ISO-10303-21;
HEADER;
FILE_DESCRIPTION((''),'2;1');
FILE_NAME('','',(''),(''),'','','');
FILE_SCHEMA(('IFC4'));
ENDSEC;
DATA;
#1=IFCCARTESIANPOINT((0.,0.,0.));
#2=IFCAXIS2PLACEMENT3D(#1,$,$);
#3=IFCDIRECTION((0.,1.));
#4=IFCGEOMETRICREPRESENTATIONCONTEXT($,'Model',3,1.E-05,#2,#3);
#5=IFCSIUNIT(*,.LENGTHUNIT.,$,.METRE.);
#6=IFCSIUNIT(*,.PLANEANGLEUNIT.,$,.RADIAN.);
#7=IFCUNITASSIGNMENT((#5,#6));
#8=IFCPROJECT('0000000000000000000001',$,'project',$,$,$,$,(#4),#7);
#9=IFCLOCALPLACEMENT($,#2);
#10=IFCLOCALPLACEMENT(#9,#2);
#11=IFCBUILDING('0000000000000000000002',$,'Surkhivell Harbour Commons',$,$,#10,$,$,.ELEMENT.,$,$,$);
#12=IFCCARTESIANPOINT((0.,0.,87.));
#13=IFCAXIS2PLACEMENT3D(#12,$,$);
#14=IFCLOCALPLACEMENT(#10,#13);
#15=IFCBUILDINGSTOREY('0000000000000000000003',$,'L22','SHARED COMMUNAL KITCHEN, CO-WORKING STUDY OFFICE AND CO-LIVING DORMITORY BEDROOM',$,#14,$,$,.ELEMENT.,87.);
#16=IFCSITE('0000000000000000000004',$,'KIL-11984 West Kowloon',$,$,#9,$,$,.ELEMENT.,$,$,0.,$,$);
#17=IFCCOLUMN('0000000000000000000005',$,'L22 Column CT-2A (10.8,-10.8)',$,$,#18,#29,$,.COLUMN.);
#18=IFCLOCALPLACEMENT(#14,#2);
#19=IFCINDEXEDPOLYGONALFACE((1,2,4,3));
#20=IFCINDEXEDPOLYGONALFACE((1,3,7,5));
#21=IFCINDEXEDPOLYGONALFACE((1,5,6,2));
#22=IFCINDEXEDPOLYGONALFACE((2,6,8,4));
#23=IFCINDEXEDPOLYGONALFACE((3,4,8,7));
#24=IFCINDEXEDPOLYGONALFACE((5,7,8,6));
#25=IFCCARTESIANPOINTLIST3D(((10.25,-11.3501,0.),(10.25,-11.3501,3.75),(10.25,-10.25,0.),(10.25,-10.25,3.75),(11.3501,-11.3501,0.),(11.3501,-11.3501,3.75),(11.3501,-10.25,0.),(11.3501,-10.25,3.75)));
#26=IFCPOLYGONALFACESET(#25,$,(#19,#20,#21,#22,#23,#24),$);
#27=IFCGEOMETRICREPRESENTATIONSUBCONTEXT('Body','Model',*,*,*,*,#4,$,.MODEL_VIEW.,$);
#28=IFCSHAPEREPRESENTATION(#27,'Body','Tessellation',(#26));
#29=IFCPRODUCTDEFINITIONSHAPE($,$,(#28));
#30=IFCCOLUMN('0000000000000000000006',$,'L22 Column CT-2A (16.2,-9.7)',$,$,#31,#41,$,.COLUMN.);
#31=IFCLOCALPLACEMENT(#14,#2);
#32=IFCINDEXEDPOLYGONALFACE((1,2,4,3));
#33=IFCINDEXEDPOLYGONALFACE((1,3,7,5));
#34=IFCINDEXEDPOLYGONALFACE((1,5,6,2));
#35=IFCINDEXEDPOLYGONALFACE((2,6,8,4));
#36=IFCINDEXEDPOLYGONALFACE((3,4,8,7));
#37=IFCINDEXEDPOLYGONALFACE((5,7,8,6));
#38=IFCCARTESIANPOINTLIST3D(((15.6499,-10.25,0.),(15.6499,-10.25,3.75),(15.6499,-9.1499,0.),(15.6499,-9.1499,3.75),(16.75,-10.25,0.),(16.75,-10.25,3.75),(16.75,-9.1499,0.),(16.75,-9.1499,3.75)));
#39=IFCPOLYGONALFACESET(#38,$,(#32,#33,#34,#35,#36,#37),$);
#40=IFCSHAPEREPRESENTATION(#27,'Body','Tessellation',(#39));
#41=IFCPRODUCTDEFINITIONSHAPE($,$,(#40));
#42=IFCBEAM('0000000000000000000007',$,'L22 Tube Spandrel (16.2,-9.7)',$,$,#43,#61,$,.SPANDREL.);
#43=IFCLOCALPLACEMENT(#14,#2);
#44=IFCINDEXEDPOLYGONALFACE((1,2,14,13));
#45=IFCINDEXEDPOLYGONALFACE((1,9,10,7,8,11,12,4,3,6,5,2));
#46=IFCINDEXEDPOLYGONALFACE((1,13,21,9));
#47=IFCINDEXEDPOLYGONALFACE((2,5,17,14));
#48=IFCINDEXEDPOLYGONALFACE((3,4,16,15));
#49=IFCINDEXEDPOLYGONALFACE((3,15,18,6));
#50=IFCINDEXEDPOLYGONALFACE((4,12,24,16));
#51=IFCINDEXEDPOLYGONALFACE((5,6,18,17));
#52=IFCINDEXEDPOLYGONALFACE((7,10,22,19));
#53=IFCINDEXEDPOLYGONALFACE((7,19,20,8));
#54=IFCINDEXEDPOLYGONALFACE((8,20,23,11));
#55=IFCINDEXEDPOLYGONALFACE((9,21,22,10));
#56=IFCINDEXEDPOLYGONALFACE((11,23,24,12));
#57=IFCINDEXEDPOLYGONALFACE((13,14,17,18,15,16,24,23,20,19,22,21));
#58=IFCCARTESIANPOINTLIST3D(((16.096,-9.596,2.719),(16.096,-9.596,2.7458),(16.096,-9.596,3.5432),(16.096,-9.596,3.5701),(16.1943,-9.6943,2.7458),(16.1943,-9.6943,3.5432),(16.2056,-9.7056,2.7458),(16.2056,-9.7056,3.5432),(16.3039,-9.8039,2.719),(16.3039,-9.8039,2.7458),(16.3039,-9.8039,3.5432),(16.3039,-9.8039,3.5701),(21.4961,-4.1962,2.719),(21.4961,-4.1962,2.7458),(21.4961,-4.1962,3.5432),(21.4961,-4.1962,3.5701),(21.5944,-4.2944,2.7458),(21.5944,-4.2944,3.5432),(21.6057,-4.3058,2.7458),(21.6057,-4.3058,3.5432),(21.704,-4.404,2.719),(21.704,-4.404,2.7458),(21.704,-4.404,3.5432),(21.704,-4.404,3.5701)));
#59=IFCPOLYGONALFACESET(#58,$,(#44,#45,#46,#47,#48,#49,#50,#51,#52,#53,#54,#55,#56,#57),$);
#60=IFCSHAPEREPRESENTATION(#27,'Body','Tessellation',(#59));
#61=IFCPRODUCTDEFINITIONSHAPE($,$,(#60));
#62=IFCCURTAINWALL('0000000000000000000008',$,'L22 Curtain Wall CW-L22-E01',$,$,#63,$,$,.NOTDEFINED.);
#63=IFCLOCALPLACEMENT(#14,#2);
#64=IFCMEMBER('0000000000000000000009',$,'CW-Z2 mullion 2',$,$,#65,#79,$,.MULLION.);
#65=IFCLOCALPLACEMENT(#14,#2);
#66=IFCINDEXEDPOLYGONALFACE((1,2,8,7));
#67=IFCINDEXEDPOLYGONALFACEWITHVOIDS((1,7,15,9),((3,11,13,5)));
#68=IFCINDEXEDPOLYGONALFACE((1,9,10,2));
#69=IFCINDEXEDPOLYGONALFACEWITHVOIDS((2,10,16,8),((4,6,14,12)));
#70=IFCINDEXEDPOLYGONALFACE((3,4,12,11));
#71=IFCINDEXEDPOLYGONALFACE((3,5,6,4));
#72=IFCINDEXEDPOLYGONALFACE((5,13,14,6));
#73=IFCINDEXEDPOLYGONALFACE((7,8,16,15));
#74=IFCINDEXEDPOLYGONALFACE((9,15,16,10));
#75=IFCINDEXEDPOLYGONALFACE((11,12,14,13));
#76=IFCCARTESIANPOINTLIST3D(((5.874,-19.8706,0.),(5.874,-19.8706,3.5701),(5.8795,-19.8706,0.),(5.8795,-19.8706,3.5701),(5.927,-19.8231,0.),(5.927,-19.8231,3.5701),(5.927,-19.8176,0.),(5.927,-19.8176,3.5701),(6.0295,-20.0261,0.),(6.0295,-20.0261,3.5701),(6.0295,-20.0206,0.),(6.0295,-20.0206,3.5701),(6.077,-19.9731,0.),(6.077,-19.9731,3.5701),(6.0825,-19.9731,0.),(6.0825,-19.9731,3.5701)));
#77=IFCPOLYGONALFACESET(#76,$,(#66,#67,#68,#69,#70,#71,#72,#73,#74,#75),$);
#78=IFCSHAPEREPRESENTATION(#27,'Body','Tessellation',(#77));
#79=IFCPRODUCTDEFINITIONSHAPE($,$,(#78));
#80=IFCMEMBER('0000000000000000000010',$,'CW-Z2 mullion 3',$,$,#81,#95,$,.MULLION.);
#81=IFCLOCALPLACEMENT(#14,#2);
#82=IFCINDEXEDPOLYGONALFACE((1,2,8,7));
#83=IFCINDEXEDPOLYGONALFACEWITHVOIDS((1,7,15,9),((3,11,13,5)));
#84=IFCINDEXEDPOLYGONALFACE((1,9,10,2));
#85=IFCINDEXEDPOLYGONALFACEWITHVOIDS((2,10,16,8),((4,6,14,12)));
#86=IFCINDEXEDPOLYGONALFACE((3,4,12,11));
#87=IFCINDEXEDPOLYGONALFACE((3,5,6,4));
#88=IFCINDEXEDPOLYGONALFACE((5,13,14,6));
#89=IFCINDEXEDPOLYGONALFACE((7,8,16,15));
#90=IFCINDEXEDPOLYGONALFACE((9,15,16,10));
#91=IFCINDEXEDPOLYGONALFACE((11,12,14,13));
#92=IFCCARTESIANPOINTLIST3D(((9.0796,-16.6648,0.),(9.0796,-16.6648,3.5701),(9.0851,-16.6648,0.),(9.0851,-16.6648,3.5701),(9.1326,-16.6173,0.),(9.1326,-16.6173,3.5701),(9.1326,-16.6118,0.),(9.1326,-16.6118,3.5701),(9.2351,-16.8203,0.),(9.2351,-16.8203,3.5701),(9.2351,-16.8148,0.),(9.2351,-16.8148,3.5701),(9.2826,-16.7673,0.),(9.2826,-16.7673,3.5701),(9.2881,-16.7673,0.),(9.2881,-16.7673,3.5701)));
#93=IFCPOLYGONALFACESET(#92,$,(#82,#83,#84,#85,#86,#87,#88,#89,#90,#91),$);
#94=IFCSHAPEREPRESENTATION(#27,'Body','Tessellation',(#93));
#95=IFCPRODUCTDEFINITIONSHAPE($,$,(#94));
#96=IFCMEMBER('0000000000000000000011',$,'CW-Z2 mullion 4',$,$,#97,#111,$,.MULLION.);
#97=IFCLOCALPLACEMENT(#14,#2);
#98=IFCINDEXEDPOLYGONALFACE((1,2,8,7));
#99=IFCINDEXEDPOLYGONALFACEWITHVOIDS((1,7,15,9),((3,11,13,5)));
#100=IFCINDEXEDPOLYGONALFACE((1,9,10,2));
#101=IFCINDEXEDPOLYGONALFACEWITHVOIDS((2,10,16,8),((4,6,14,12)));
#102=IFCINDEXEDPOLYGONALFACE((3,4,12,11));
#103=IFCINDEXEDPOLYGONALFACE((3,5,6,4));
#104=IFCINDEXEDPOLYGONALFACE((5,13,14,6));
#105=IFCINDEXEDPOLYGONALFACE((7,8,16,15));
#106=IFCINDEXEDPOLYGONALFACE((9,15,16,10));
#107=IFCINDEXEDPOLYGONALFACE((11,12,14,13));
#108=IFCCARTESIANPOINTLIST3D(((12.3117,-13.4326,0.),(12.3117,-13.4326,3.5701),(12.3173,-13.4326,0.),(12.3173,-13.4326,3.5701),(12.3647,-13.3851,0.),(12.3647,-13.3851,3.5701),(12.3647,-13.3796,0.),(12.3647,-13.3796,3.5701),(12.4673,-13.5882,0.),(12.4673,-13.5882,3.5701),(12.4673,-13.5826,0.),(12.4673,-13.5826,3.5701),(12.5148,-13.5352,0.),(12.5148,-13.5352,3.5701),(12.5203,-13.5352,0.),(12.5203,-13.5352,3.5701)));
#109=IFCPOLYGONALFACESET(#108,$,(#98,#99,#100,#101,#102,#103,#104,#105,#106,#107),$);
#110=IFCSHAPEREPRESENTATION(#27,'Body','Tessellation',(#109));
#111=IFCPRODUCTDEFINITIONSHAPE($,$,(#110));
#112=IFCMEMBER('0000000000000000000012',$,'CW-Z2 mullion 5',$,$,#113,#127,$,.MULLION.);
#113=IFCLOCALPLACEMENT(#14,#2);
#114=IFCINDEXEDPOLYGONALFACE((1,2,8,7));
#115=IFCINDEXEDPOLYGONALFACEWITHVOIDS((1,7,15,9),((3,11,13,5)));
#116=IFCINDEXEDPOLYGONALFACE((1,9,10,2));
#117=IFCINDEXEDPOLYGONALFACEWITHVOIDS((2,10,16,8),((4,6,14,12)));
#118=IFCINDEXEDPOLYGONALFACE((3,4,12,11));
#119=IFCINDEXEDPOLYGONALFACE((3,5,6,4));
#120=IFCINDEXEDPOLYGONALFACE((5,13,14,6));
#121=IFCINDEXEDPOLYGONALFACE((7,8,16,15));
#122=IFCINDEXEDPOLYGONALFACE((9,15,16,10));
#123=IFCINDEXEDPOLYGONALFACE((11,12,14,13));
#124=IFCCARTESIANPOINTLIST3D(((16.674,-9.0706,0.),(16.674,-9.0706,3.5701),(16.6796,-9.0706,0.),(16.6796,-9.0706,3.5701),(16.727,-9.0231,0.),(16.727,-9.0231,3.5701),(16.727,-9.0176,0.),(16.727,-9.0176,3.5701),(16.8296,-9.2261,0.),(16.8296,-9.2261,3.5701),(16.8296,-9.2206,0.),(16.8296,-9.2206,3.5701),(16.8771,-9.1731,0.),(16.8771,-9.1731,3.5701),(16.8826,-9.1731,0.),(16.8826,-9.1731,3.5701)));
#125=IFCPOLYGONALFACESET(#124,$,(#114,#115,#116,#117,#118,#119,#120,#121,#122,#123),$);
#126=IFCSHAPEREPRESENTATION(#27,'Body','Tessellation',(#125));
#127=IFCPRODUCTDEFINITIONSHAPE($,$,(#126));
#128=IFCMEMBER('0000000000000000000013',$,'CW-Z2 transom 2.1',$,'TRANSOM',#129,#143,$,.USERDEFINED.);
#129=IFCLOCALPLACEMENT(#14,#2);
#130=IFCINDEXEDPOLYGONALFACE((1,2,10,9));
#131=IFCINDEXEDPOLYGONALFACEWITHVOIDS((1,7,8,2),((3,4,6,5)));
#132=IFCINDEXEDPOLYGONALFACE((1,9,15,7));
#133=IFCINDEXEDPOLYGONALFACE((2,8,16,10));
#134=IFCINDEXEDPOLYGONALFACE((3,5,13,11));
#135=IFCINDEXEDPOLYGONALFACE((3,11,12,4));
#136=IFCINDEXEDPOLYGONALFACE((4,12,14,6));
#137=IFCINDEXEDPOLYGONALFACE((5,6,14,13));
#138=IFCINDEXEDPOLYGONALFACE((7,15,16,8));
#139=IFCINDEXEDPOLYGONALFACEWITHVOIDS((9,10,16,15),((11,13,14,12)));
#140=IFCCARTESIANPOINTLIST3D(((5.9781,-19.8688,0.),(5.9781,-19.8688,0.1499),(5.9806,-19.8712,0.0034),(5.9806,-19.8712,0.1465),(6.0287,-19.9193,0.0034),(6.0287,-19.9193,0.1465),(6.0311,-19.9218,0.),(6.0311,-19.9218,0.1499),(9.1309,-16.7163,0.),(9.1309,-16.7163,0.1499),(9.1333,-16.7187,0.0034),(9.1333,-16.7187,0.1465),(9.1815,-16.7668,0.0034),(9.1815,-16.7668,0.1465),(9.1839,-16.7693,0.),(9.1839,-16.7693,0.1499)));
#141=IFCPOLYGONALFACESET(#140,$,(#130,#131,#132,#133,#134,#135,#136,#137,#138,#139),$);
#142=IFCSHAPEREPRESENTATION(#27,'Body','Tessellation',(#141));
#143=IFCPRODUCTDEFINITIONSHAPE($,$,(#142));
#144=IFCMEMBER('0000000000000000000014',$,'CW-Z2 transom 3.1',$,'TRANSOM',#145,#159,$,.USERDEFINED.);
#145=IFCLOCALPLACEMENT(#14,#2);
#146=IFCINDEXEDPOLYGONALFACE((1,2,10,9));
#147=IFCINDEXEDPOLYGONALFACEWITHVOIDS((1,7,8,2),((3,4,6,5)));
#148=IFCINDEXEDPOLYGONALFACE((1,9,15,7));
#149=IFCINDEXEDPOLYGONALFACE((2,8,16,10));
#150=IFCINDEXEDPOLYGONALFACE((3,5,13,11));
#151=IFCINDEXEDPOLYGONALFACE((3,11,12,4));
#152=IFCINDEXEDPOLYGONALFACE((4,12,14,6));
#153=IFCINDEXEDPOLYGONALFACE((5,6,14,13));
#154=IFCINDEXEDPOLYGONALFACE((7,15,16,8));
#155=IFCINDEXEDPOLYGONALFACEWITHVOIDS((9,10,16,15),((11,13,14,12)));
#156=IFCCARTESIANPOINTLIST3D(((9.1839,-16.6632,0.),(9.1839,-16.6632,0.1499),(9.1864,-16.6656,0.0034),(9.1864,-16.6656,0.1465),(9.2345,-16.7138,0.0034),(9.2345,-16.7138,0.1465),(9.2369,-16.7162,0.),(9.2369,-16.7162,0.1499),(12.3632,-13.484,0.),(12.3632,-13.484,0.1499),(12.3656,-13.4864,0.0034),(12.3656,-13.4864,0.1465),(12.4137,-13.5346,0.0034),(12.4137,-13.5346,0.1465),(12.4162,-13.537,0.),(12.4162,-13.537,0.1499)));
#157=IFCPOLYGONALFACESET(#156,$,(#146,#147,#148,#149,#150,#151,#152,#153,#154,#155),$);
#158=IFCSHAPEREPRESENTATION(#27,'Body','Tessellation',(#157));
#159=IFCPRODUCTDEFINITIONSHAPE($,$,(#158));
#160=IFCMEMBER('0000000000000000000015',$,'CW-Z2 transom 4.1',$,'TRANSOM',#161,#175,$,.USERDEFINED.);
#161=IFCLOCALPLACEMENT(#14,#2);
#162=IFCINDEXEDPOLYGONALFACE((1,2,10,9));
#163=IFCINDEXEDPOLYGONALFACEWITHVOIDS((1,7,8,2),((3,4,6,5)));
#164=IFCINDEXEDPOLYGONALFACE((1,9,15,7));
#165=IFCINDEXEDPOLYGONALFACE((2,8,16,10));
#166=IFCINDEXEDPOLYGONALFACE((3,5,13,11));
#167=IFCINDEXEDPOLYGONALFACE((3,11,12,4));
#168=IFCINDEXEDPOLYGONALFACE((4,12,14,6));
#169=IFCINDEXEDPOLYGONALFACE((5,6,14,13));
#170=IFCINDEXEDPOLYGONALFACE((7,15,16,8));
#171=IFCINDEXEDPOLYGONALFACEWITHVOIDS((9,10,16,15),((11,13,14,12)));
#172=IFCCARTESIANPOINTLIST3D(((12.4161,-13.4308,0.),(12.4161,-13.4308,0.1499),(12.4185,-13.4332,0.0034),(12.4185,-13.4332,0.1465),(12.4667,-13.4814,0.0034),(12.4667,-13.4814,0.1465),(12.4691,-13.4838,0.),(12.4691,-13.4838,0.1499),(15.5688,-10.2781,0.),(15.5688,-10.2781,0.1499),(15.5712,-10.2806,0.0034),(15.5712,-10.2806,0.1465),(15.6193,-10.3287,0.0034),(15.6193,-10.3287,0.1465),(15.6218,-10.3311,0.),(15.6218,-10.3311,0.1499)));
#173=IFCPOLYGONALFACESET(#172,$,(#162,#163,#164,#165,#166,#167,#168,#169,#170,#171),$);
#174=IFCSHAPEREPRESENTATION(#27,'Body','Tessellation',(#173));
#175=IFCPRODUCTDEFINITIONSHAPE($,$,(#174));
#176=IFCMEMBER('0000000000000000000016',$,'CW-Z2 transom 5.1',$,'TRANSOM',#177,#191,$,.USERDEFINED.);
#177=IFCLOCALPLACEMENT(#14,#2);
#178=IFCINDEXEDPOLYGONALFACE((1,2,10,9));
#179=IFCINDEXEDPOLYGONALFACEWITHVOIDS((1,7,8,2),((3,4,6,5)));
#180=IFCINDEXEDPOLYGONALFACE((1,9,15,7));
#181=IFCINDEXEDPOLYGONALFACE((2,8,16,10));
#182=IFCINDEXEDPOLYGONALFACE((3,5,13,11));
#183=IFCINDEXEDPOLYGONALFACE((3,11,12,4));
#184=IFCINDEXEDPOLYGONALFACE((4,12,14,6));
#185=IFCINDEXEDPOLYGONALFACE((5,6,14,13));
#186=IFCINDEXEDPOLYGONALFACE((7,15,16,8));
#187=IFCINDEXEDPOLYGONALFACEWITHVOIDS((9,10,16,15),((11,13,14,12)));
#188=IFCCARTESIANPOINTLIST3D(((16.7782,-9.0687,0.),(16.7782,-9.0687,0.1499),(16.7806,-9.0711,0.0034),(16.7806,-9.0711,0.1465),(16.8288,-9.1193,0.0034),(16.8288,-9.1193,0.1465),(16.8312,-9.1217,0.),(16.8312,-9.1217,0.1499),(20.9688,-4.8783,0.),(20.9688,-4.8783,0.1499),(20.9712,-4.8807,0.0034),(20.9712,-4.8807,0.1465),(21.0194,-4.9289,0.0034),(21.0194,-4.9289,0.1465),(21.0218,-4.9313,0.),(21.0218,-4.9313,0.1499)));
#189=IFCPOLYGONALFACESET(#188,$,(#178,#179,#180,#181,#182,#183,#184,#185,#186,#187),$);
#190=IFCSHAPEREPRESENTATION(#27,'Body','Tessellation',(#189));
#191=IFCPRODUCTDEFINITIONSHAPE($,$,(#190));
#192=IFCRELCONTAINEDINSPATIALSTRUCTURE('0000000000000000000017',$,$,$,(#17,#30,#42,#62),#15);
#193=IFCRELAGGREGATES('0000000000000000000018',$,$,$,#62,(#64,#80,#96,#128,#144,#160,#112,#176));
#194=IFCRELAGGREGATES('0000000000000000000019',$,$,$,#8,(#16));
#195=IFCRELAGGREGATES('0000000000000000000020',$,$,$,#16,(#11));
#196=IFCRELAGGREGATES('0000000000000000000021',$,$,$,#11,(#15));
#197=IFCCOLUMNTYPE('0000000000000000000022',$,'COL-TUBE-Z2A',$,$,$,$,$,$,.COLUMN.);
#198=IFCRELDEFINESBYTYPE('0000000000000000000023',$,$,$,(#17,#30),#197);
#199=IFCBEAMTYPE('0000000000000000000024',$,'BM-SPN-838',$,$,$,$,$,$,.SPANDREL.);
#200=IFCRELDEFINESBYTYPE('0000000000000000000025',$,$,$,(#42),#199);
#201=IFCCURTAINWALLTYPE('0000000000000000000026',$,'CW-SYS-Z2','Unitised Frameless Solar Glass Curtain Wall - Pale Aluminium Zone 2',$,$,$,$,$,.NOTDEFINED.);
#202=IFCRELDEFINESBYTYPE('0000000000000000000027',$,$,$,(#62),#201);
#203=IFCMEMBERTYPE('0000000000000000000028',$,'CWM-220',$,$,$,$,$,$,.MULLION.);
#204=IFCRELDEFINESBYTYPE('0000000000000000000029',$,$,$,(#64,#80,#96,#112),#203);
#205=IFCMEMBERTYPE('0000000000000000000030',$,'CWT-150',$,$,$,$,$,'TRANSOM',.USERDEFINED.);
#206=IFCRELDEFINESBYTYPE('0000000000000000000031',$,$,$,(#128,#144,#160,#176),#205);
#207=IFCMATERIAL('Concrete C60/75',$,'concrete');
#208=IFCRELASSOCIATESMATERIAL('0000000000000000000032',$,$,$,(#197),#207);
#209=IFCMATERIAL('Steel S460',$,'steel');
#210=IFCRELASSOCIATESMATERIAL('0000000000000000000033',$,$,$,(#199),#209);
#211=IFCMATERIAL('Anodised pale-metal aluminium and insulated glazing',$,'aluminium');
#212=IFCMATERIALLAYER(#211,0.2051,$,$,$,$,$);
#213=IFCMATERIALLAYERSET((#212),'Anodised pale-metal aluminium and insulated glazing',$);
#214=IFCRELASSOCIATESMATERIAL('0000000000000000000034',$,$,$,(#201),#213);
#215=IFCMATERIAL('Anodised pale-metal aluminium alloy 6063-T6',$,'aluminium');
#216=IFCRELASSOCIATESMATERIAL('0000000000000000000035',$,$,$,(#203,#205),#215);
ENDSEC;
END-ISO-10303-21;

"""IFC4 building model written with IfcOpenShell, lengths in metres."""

from ifc_helpers import new_model, si_unit, direction, frame, origin, origin_2d, place, context, subcontext, project, spatial, rectangle, hollow_rectangle, i_section, extrude, material, layer, layer_set, material_profile, profile_set, type_object, element, aggregate, save


model = new_model("IFC4")

# Units and contexts
model_context = context("Model", 3, precision=1e-05, world=origin(), true_north=direction((0.0, 1.0)))
body_context = subcontext(model_context, "Body", "Model", "MODEL_VIEW")
ifc_project = project(units=[si_unit("LENGTHUNIT", "METRE"), si_unit("PLANEANGLEUNIT", "RADIAN")], contexts=[model_context])

# Site, building, storey
site_placement = place(None, origin())
site = spatial("IfcSite", under=ifc_project, at=site_placement, Name="KIL-11984 West Kowloon", CompositionType="ELEMENT", RefElevation=0.0)
building_placement = place(site_placement, origin())
building = spatial("IfcBuilding", under=site, at=building_placement, Name="Surkhivell Harbour Commons", CompositionType="ELEMENT")
storey_placement = place(building_placement, frame((0.0, 0.0, 87.0)))
storey = spatial("IfcBuildingStorey", under=building, at=storey_placement, Name="L22", Description="SHARED COMMUNAL KITCHEN, CO-WORKING STUDY OFFICE AND CO-LIVING DORMITORY BEDROOM", CompositionType="ELEMENT", Elevation=87.0)

# Columns
ifc_material_1 = material(Name="Concrete C60/75", Category="concrete")
ifc_material_profile_1 = material_profile(ifc_material_1, rectangle(XDim=1.1001, YDim=1.1001, at=origin_2d()), Name="RC-COL-1100x1100")
ifc_profile_set_1 = profile_set([ifc_material_profile_1], Name="Concrete C60/75")
column_type = type_object("IfcColumnType", Name="COL-TUBE-Z2A", PredefinedType="COLUMN", material=ifc_profile_set_1)
for number, where, z_axis, x_axis, name in (
    (1, (10.8, -10.8, 0.0), (0.0, 0.0, 1.0), (1.0, 0.0, 0.0), "L22 Column CT-2A (10.8,-10.8)"),
    (2, (16.2, -9.7, 0.0), (0.0, 0.0, 1.0), (1.0, 0.0, 0.0), "L22 Column CT-2A (16.2,-9.7)"),
):
    element("IfcColumn", number, at=place(storey_placement, frame(where, z_axis=z_axis, x_axis=x_axis)), inside=storey, type_object=column_type, Name=name, PredefinedType="COLUMN", context=body_context, shape_type="SweptSolid", body=[
        extrude(rectangle(XDim=1.1001, YDim=1.1001, at=origin_2d()), origin(), (0.0, 0.0, 1.0), 3.75),
    ])

# Beam
ifc_material_2 = material(Name="Steel S460", Category="steel")
ifc_material_profile_2 = material_profile(ifc_material_2, i_section(OverallWidth=0.2939, OverallDepth=0.8511, WebThickness=0.0161, FlangeThickness=0.0269, at=origin_2d()), Name="UB838x292x226")
ifc_profile_set_2 = profile_set([ifc_material_profile_2], Name="Steel S460")
beam_type = type_object("IfcBeamType", Name="BM-SPN-838", PredefinedType="SPANDREL", material=ifc_profile_set_2)
beam_placement = place(storey_placement, frame((16.2, -9.7, 3.1445), z_axis=(0.707123, 0.707091, 0.0), x_axis=(-0.707091, 0.707123, 0.0)))
element("IfcBeam", 3, at=beam_placement, inside=storey, type_object=beam_type, Name="L22 Tube Spandrel (16.2,-9.7)", PredefinedType="SPANDREL", context=body_context, shape_type="SweptSolid", body=[
    extrude(i_section(OverallWidth=0.2939, OverallDepth=0.8511, WebThickness=0.0161, FlangeThickness=0.0269, at=origin_2d()), origin(), (0.0, 0.0, 1.0), 7.6367),
])

# Curtain wall, members
ifc_material_3 = material(Name="Anodised pale-metal aluminium and insulated glazing", Category="aluminium")
ifc_layer_1 = layer(ifc_material_3, 0.2051)
ifc_layer_set_1 = layer_set([ifc_layer_1], Name="Anodised pale-metal aluminium and insulated glazing")
curtain_wall_type = type_object("IfcCurtainWallType", Name="CW-SYS-Z2", Description="Unitised Frameless Solar Glass Curtain Wall - Pale Aluminium Zone 2", PredefinedType="NOTDEFINED", material=ifc_layer_set_1)
curtain_wall_placement = place(storey_placement, origin())
curtain_wall = element("IfcCurtainWall", 4, at=curtain_wall_placement, inside=storey, type_object=curtain_wall_type, Name="L22 Curtain Wall CW-L22-E01", PredefinedType="NOTDEFINED")
ifc_material_4 = material(Name="Anodised pale-metal aluminium alloy 6063-T6", Category="aluminium")
ifc_material_profile_3 = material_profile(ifc_material_4, hollow_rectangle(XDim=0.075, YDim=0.22, WallThickness=0.0039, at=origin_2d()), Name="ALU-MULL-75x220")
ifc_profile_set_3 = profile_set([ifc_material_profile_3], Name="Anodised pale-metal aluminium alloy 6063-T6")
member_type_1 = type_object("IfcMemberType", Name="CWM-220", PredefinedType="MULLION", material=ifc_profile_set_3)
member_1_placement = place(storey_placement, frame((5.9783, -19.9219, 0.0), z_axis=(0.0, 0.0, 1.0), x_axis=(0.707107, 0.707107, 0.0)))
member_1 = element("IfcMember", 5, at=member_1_placement, type_object=member_type_1, Name="CW-Z2 mullion 2", PredefinedType="MULLION", context=body_context, shape_type="SweptSolid", body=[
    extrude(hollow_rectangle(XDim=0.075, YDim=0.22, WallThickness=0.0039, at=origin_2d()), origin(), (0.0, 0.0, 1.0), 3.5701),
])
member_2_placement = place(storey_placement, frame((9.1838, -16.7161, 0.0), z_axis=(0.0, 0.0, 1.0), x_axis=(0.707107, 0.707107, 0.0)))
member_2 = element("IfcMember", 6, at=member_2_placement, type_object=member_type_1, Name="CW-Z2 mullion 3", PredefinedType="MULLION", context=body_context, shape_type="SweptSolid", body=[
    extrude(hollow_rectangle(XDim=0.075, YDim=0.22, WallThickness=0.0039, at=origin_2d()), origin(), (0.0, 0.0, 1.0), 3.5701),
])
member_3_placement = place(storey_placement, frame((12.416, -13.4839, 0.0), z_axis=(0.0, 0.0, 1.0), x_axis=(0.707107, 0.707107, 0.0)))
member_3 = element("IfcMember", 7, at=member_3_placement, type_object=member_type_1, Name="CW-Z2 mullion 4", PredefinedType="MULLION", context=body_context, shape_type="SweptSolid", body=[
    extrude(hollow_rectangle(XDim=0.075, YDim=0.22, WallThickness=0.0039, at=origin_2d()), origin(), (0.0, 0.0, 1.0), 3.5701),
])
member_4_placement = place(storey_placement, frame((16.7783, -9.1218, 0.0), z_axis=(0.0, 0.0, 1.0), x_axis=(0.707107, 0.707107, 0.0)))
member_4 = element("IfcMember", 8, at=member_4_placement, type_object=member_type_1, Name="CW-Z2 mullion 5", PredefinedType="MULLION", context=body_context, shape_type="SweptSolid", body=[
    extrude(hollow_rectangle(XDim=0.075, YDim=0.22, WallThickness=0.0039, at=origin_2d()), origin(), (0.0, 0.0, 1.0), 3.5701),
])
ifc_material_profile_4 = material_profile(ifc_material_4, hollow_rectangle(XDim=0.075, YDim=0.1499, WallThickness=0.0034, at=origin_2d()), Name="ALU-TRAN-75x150")
ifc_profile_set_4 = profile_set([ifc_material_profile_4], Name="Anodised pale-metal aluminium alloy 6063-T6")
member_type_2 = type_object("IfcMemberType", Name="CWT-150", ElementType="TRANSOM", PredefinedType="USERDEFINED", material=ifc_profile_set_4)
member_5_placement = place(storey_placement, frame((6.0046, -19.8953, 0.075), z_axis=(0.707134, 0.707079, 0.0), x_axis=(-0.707079, 0.707134, 0.0)))
member_5 = element("IfcMember", 9, at=member_5_placement, type_object=member_type_2, Name="CW-Z2 transom 2.1", ObjectType="TRANSOM", PredefinedType="USERDEFINED", context=body_context, shape_type="SweptSolid", body=[
    extrude(hollow_rectangle(XDim=0.075, YDim=0.1499, WallThickness=0.0034, at=origin_2d()), origin(), (0.0, 0.0, 1.0), 4.4585),
])
member_6_placement = place(storey_placement, frame((9.2104, -16.6897, 0.075), z_axis=(0.707107, 0.707107, 0.0), x_axis=(-0.707107, 0.707107, 0.0)))
member_6 = element("IfcMember", 10, at=member_6_placement, type_object=member_type_2, Name="CW-Z2 transom 3.1", ObjectType="TRANSOM", PredefinedType="USERDEFINED", context=body_context, shape_type="SweptSolid", body=[
    extrude(hollow_rectangle(XDim=0.075, YDim=0.1499, WallThickness=0.0034, at=origin_2d()), origin(), (0.0, 0.0, 1.0), 4.4961),
])
member_7_placement = place(storey_placement, frame((12.4426, -13.4573, 0.075), z_axis=(0.707107, 0.707107, 0.0), x_axis=(-0.707107, 0.707107, 0.0)))
member_7 = element("IfcMember", 11, at=member_7_placement, type_object=member_type_2, Name="CW-Z2 transom 4.1", ObjectType="TRANSOM", PredefinedType="USERDEFINED", context=body_context, shape_type="SweptSolid", body=[
    extrude(hollow_rectangle(XDim=0.075, YDim=0.1499, WallThickness=0.0034, at=origin_2d()), origin(), (0.0, 0.0, 1.0), 4.4585),
])
member_8_placement = place(storey_placement, frame((16.8047, -9.0952, 0.075), z_axis=(0.707127, 0.707086, 0.0), x_axis=(-0.707086, 0.707127, 0.0)))
member_8 = element("IfcMember", 12, at=member_8_placement, type_object=member_type_2, Name="CW-Z2 transom 5.1", ObjectType="TRANSOM", PredefinedType="USERDEFINED", context=body_context, shape_type="SweptSolid", body=[
    extrude(hollow_rectangle(XDim=0.075, YDim=0.1499, WallThickness=0.0034, at=origin_2d()), origin(), (0.0, 0.0, 1.0), 5.9263),
])
aggregate(curtain_wall, [member_1, member_2, member_3, member_5, member_6, member_7, member_4, member_8])

save(model, "model.ifc")
